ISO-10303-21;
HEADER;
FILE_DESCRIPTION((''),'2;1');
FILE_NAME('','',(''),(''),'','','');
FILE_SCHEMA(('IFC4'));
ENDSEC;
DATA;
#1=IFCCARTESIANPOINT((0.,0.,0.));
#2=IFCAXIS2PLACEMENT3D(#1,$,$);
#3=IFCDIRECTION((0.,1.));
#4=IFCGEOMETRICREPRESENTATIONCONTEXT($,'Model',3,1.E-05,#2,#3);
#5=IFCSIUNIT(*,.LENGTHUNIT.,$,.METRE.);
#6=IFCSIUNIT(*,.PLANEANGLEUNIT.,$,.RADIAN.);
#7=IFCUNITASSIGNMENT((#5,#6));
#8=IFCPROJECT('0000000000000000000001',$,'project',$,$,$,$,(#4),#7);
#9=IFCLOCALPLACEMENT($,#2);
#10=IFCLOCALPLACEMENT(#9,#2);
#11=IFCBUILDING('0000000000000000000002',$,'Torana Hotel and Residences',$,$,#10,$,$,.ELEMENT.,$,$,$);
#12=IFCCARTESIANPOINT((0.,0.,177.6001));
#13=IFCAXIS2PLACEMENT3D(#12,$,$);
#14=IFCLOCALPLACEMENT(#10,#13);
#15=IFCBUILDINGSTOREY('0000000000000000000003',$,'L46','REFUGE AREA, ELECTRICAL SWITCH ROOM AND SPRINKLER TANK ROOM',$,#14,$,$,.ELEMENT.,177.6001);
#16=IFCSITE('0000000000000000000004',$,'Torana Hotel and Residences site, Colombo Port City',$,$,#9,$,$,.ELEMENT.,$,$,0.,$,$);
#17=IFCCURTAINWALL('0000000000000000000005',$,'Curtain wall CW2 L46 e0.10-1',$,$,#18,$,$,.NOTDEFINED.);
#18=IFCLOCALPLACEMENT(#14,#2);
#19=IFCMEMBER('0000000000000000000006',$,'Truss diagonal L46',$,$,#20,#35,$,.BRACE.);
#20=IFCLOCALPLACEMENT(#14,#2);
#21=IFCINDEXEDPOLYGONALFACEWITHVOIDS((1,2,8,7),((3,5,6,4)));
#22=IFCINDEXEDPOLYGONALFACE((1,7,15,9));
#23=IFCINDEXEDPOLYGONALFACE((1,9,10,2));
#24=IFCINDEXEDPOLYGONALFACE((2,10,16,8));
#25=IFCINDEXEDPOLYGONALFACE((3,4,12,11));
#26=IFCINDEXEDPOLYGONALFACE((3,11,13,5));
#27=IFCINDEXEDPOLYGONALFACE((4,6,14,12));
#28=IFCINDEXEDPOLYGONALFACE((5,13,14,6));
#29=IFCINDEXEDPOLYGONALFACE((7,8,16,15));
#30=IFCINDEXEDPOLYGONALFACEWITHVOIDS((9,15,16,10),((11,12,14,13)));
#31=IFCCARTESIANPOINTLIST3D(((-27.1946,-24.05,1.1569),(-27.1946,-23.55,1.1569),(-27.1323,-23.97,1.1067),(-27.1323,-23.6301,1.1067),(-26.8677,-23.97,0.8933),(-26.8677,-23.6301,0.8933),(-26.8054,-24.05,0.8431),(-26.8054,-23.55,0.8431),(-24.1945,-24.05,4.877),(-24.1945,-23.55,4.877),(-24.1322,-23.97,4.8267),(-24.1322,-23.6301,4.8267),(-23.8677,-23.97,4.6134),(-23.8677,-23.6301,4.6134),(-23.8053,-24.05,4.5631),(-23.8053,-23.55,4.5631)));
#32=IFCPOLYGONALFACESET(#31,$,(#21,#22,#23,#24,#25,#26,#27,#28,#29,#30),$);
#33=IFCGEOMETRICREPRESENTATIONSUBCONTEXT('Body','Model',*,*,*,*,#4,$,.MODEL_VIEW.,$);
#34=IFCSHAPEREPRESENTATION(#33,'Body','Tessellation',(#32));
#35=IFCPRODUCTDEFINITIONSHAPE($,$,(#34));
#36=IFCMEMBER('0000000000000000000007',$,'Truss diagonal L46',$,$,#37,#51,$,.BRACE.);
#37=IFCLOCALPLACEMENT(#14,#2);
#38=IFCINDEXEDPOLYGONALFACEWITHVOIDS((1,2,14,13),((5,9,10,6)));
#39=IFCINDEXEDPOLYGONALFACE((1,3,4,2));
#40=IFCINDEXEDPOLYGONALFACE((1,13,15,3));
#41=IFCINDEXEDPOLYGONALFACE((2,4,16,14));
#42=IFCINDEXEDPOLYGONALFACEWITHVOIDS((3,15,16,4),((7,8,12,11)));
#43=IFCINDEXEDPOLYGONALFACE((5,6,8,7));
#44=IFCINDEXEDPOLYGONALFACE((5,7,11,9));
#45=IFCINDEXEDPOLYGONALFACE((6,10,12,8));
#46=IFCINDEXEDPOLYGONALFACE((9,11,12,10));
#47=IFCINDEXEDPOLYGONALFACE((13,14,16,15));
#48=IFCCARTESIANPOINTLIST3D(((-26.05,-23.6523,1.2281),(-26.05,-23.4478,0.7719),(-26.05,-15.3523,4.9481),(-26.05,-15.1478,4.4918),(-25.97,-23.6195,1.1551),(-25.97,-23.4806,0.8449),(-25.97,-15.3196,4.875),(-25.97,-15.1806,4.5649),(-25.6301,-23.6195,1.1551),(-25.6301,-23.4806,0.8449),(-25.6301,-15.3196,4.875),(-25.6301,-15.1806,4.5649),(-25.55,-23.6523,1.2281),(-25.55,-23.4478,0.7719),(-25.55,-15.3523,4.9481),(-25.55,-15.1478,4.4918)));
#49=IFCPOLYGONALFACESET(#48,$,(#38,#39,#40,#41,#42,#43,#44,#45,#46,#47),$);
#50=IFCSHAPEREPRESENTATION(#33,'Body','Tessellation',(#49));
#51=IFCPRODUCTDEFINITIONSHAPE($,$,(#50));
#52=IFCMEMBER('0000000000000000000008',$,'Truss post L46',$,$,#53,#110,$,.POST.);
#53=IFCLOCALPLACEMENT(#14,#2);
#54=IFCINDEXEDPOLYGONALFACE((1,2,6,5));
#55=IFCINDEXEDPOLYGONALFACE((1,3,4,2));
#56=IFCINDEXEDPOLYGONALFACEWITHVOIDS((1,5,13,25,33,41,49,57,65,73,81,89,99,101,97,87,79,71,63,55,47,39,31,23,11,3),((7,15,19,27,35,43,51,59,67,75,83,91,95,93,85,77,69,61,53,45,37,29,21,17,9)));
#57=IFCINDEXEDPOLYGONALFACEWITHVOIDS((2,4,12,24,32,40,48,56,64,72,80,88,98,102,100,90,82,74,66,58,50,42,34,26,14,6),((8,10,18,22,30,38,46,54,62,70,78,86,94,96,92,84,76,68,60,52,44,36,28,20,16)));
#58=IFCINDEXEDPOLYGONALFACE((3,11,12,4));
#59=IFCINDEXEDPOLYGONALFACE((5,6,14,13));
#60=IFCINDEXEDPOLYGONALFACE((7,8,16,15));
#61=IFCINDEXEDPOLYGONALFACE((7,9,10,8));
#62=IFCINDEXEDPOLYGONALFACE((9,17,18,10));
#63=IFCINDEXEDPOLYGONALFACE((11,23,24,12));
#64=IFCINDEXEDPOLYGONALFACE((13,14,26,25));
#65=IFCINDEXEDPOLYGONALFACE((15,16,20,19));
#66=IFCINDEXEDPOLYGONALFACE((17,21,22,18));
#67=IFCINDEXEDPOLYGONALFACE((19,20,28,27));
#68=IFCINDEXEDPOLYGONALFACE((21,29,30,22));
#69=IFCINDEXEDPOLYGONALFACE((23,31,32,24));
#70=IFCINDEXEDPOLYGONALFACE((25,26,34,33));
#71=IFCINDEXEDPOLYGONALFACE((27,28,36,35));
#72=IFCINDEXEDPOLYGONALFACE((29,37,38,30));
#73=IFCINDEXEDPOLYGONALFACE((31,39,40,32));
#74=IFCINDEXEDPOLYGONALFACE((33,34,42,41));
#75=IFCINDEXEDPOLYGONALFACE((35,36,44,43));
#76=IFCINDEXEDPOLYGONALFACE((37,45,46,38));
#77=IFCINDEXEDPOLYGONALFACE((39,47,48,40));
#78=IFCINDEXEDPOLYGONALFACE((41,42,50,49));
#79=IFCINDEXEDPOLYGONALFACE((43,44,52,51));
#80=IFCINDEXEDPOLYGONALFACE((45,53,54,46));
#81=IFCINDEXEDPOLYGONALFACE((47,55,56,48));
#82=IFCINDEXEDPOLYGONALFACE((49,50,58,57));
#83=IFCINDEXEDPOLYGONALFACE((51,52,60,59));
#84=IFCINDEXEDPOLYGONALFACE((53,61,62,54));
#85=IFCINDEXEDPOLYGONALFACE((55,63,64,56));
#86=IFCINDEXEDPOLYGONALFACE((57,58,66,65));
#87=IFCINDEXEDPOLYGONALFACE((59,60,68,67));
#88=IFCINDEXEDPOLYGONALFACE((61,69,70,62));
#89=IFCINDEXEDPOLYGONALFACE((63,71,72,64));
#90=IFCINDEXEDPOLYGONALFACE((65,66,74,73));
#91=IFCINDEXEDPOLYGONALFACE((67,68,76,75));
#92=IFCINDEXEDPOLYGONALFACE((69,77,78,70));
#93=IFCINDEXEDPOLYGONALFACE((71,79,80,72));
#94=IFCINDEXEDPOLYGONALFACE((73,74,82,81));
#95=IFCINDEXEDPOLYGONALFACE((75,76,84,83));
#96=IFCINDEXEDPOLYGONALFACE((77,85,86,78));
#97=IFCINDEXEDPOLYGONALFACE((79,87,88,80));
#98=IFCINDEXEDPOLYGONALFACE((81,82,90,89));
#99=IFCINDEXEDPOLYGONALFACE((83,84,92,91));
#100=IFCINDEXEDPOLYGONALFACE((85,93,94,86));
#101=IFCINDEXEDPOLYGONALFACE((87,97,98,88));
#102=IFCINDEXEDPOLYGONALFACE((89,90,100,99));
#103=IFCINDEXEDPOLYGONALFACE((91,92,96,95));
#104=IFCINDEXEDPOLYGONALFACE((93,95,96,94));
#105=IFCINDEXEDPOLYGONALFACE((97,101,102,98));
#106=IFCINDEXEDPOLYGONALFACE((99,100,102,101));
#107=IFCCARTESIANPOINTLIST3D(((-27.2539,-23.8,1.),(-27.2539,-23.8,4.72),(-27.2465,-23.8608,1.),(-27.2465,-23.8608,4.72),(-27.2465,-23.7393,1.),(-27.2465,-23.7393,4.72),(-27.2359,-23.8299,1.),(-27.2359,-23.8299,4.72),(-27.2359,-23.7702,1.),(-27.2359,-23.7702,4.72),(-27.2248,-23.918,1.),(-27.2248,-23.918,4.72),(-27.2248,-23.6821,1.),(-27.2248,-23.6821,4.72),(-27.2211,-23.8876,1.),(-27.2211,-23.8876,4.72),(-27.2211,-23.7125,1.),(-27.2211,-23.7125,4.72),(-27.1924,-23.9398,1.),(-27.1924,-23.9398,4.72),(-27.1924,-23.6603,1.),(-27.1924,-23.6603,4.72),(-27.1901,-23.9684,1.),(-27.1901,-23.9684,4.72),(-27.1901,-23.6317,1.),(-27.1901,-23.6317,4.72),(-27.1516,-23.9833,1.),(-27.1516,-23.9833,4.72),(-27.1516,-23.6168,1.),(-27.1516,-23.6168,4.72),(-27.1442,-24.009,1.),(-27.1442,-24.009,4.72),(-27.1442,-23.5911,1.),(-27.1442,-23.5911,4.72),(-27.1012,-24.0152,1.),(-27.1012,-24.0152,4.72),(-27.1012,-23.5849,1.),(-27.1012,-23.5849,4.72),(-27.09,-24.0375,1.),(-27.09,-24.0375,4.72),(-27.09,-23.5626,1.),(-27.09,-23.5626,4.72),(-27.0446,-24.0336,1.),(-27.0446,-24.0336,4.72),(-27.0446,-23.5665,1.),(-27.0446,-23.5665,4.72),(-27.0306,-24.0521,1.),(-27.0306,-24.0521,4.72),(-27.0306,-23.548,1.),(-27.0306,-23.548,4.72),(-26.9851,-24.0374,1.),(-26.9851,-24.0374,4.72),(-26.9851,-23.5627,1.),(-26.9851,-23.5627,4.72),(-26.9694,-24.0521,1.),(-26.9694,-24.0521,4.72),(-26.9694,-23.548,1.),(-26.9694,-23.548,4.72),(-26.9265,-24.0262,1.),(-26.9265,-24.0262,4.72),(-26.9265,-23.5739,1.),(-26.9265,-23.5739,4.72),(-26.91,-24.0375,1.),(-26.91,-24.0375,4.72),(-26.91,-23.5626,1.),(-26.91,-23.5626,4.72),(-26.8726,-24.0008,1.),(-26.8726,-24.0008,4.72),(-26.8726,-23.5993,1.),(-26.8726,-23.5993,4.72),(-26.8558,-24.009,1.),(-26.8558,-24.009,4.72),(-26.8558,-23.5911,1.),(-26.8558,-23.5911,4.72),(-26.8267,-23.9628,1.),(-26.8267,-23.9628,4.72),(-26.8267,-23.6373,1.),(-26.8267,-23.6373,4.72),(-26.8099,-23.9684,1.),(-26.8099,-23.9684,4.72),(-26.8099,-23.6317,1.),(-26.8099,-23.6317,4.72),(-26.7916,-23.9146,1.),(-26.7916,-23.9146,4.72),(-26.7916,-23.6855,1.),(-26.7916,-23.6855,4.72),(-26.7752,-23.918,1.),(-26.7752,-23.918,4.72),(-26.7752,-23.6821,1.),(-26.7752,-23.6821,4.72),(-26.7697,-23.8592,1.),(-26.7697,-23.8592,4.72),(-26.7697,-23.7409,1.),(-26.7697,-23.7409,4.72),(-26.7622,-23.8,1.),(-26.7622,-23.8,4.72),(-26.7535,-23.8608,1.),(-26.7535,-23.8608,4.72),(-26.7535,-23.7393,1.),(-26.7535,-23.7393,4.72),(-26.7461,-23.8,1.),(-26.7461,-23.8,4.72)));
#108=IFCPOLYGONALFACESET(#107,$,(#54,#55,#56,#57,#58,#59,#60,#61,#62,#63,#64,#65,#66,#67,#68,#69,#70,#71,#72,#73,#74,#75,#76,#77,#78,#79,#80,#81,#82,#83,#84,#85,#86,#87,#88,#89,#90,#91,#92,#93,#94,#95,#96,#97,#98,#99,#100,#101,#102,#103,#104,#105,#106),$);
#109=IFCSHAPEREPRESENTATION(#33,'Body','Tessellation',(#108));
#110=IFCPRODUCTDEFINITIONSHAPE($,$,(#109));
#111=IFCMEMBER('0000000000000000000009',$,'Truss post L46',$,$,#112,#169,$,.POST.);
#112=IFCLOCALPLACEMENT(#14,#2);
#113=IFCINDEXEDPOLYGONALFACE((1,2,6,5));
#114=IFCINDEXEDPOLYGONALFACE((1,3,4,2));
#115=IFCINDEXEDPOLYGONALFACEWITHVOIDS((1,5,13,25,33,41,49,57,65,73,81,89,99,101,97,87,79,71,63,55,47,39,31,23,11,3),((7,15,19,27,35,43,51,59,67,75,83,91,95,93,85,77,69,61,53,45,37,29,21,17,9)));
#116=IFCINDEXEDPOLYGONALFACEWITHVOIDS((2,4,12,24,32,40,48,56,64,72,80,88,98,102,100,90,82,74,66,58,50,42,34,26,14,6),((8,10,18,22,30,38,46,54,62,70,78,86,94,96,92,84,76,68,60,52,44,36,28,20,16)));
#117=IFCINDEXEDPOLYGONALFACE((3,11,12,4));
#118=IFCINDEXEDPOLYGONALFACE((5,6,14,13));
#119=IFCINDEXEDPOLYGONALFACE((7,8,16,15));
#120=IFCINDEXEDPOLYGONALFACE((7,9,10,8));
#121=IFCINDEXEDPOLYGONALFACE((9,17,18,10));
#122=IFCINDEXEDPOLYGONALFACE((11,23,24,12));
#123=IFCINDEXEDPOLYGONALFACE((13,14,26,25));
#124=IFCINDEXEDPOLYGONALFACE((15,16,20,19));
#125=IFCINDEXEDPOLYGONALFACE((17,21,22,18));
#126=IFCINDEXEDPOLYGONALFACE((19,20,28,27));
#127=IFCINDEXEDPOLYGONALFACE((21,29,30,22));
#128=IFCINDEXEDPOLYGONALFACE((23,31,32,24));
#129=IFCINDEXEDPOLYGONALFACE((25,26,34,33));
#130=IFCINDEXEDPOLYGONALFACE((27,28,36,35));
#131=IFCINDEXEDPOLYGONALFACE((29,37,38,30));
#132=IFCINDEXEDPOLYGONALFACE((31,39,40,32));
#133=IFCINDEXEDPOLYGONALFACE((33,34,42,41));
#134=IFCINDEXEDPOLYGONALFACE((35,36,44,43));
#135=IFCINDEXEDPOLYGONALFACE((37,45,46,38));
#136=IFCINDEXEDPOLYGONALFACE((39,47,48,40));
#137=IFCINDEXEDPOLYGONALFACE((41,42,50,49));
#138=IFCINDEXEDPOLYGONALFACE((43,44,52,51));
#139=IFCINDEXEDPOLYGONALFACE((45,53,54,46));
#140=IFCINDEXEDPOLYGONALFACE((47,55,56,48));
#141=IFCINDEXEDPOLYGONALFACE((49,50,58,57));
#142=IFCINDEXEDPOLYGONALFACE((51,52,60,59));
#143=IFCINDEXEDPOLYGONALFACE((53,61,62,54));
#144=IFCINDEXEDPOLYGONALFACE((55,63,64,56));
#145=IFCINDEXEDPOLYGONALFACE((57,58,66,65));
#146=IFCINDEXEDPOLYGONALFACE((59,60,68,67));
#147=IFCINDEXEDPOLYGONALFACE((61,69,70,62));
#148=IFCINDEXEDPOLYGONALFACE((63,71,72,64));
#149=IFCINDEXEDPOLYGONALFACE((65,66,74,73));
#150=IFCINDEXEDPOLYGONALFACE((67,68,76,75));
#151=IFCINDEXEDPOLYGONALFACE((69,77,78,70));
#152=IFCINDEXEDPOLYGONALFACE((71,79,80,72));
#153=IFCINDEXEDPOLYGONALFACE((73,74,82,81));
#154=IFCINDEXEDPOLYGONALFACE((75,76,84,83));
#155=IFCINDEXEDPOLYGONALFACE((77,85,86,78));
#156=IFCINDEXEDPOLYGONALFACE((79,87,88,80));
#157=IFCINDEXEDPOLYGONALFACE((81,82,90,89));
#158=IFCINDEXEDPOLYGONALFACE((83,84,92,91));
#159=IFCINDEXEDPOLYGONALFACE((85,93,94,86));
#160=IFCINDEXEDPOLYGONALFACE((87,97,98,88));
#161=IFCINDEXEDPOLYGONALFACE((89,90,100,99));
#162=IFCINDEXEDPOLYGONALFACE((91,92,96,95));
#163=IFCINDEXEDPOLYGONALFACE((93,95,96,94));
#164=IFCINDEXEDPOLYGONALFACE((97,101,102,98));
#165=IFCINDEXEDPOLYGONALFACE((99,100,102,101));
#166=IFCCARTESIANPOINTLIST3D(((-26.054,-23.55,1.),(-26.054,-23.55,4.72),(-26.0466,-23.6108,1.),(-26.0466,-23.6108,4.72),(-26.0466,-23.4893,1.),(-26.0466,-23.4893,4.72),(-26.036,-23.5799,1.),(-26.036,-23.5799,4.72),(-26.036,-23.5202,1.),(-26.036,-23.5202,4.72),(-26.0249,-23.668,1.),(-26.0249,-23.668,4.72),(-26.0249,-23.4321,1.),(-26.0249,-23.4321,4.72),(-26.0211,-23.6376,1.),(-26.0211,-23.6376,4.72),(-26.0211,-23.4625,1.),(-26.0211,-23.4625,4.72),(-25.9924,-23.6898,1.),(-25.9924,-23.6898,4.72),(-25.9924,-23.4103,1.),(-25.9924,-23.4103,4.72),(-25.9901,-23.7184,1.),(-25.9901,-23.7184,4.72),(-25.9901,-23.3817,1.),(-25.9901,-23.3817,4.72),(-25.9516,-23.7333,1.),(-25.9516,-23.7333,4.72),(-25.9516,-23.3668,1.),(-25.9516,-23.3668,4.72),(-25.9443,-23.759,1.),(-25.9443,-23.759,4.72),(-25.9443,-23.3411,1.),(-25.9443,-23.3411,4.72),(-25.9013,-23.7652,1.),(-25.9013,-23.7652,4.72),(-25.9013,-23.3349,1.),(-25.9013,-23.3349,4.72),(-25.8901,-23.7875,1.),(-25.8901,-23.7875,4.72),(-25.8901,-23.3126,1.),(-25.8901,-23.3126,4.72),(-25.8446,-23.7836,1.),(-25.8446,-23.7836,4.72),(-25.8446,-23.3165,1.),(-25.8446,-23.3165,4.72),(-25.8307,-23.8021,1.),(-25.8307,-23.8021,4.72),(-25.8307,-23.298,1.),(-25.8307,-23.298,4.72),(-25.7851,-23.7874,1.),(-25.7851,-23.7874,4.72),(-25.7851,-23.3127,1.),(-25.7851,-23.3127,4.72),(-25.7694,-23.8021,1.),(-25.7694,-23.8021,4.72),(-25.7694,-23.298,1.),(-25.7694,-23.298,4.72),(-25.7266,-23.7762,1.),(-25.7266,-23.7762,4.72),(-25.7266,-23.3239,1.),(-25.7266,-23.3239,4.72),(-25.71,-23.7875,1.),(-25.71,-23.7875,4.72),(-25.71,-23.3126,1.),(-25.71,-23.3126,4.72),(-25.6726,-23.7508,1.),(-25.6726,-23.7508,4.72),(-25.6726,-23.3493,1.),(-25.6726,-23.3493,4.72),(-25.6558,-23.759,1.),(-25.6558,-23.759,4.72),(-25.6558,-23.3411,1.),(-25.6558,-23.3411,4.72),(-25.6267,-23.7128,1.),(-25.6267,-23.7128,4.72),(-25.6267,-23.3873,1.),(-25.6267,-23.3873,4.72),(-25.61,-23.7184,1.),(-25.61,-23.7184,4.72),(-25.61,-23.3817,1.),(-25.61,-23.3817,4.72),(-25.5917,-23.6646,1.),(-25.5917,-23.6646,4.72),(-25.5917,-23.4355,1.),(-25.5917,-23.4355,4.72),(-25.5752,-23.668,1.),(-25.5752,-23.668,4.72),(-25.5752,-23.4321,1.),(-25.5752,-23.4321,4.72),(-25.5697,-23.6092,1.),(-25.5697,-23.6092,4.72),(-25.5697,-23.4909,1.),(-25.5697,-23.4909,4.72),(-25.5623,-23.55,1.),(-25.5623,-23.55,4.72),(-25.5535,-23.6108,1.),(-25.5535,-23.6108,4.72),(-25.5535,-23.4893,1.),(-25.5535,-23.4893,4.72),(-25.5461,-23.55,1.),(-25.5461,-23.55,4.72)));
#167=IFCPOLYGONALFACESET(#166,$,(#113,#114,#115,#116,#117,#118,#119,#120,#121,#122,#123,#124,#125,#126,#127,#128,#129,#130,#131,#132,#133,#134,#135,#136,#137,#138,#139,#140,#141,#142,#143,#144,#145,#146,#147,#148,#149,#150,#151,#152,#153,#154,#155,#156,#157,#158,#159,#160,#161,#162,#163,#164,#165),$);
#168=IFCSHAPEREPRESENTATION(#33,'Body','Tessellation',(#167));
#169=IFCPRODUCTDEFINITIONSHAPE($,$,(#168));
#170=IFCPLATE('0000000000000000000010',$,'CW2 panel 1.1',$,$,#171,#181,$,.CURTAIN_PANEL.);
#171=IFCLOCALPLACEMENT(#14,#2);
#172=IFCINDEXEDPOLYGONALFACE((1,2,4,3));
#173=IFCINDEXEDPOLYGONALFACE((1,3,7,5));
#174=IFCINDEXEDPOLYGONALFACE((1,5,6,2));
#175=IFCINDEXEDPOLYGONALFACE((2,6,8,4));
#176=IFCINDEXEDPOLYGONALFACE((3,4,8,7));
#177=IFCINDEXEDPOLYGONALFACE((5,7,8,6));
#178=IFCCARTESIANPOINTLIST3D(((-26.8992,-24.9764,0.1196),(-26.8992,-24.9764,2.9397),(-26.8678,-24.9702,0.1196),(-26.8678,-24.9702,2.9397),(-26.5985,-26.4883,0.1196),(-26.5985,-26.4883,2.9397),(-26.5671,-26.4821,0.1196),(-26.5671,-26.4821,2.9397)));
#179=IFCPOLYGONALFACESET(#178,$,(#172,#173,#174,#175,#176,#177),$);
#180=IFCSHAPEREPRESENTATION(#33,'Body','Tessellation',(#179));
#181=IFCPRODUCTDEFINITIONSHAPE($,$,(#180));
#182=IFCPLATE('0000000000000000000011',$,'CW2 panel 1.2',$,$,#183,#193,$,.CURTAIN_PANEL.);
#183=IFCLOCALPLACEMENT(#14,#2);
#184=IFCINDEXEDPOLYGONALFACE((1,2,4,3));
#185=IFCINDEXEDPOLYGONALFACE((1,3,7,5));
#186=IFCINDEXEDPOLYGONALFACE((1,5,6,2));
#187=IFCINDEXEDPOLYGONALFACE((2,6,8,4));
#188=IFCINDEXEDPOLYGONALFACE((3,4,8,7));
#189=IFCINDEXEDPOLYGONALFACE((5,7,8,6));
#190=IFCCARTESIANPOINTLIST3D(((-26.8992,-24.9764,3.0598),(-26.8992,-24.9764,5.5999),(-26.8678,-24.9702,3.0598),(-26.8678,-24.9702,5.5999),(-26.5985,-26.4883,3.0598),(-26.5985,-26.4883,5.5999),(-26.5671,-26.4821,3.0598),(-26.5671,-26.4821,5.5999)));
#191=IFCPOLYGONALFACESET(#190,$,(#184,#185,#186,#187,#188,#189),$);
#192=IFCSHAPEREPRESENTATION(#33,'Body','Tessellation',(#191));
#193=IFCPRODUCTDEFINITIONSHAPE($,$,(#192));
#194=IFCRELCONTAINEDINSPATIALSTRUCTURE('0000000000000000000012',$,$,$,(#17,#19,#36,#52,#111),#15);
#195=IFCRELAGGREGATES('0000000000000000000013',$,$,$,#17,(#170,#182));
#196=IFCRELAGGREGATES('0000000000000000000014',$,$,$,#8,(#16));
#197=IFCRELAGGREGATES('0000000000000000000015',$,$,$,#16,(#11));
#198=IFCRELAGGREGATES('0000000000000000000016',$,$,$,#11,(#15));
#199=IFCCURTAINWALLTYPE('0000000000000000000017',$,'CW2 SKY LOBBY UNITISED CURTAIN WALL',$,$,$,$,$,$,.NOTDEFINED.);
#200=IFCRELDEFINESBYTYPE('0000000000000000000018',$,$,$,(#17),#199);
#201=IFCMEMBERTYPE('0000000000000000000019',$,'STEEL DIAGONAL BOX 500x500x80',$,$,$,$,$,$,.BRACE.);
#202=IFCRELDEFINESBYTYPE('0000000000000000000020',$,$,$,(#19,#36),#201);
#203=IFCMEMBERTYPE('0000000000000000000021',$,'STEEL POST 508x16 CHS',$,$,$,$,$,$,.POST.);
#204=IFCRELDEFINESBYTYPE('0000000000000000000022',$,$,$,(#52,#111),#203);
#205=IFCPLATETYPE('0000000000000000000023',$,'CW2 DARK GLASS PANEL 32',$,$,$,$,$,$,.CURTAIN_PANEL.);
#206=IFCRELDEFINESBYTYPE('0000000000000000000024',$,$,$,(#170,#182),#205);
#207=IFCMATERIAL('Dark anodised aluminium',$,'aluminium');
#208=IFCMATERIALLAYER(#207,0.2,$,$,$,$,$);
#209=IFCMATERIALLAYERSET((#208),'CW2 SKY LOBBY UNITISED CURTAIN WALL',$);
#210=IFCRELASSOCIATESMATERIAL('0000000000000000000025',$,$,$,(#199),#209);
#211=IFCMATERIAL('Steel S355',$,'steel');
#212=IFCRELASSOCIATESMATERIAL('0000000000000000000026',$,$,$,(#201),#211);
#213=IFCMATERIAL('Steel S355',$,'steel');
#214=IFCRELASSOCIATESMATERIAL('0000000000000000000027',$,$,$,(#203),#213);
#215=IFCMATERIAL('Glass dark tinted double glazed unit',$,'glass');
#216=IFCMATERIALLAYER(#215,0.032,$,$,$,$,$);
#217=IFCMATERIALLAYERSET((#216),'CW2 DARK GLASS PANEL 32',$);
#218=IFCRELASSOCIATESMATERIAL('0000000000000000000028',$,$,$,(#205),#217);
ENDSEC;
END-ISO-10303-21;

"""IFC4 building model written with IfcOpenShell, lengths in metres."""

from ifc_helpers import new_model, si_unit, direction, frame, origin, origin_2d, place, context, subcontext, project, spatial, rectangle, hollow_rectangle, hollow_circle, extrude, material, layer, layer_set, material_profile, profile_set, type_object, element, aggregate, save


model = new_model("IFC4")

# Units and contexts
model_context = context("Model", 3, precision=1e-05, world=origin(), true_north=direction((0.0, 1.0)))
body_context = subcontext(model_context, "Body", "Model", "MODEL_VIEW")
ifc_project = project(units=[si_unit("LENGTHUNIT", "METRE"), si_unit("PLANEANGLEUNIT", "RADIAN")], contexts=[model_context])

# Site, building, storey
site_placement = place(None, origin())
site = spatial("IfcSite", under=ifc_project, at=site_placement, Name="Torana Hotel and Residences site, Colombo Port City", CompositionType="ELEMENT", RefElevation=0.0)
building_placement = place(site_placement, origin())
building = spatial("IfcBuilding", under=site, at=building_placement, Name="Torana Hotel and Residences", CompositionType="ELEMENT")
storey_placement = place(building_placement, frame((0.0, 0.0, 177.6001)))
storey = spatial("IfcBuildingStorey", under=building, at=storey_placement, Name="L46", Description="REFUGE AREA, ELECTRICAL SWITCH ROOM AND SPRINKLER TANK ROOM", CompositionType="ELEMENT", Elevation=177.6001)

# Shared definitions
ifc_material_1 = material(Name="Dark anodised aluminium", Category="aluminium")
ifc_layer_1 = layer(ifc_material_1, 0.2)
ifc_layer_set_1 = layer_set([ifc_layer_1], Name="CW2 SKY LOBBY UNITISED CURTAIN WALL")
curtain_wall_type = type_object("IfcCurtainWallType", Name="CW2 SKY LOBBY UNITISED CURTAIN WALL", PredefinedType="NOTDEFINED", material=ifc_layer_set_1)

# Curtain wall
curtain_wall_1_placement = place(storey_placement, origin())
curtain_wall_1 = element("IfcCurtainWall", 1, at=curtain_wall_1_placement, inside=storey, type_object=curtain_wall_type, Name="Curtain wall CW2 L46 e0.10-1", PredefinedType="NOTDEFINED")

# Members
ifc_material_2 = material(Name="Steel S355", Category="steel")
ifc_material_profile_1 = material_profile(ifc_material_2, hollow_rectangle(XDim=0.5, YDim=0.5, WallThickness=0.0801, at=origin_2d()), Name="BOX 500x500x80")
ifc_profile_set_1 = profile_set([ifc_material_profile_1], Name="Steel S355")
member_type_1 = type_object("IfcMemberType", Name="STEEL DIAGONAL BOX 500x500x80", PredefinedType="BRACE", material=ifc_profile_set_1)
member_1_placement = place(storey_placement, frame((-27.0, -23.8, 1.0), z_axis=(0.627755, 0.0, 0.778411), x_axis=(0.0, 1.0, 0.0)))
element("IfcMember", 2, at=member_1_placement, inside=storey, type_object=member_type_1, Name="Truss diagonal L46", PredefinedType="BRACE", context=body_context, shape_type="SweptSolid", body=[
    extrude(hollow_rectangle(XDim=0.5, YDim=0.5, WallThickness=0.0801, at=origin_2d()), origin(), (0.0, 0.0, 1.0), 4.7791),
])
member_2_placement = place(storey_placement, frame((-25.8, -23.55, 1.0), z_axis=(0.0, 0.91254, 0.408988), x_axis=(-1.0, 0.0, 0.0)))
element("IfcMember", 3, at=member_2_placement, inside=storey, type_object=member_type_1, Name="Truss diagonal L46", PredefinedType="BRACE", context=body_context, shape_type="SweptSolid", body=[
    extrude(hollow_rectangle(XDim=0.5, YDim=0.5, WallThickness=0.0801, at=origin_2d()), origin(), (0.0, 0.0, 1.0), 9.0955),
])
ifc_material_3 = material(Name="Steel S355", Category="steel")
ifc_material_profile_2 = material_profile(ifc_material_3, hollow_circle(Radius=0.2539, WallThickness=0.0161, at=origin_2d()), Name="508x16 CHS")
ifc_profile_set_2 = profile_set([ifc_material_profile_2], Name="Steel S355")
member_type_2 = type_object("IfcMemberType", Name="STEEL POST 508x16 CHS", PredefinedType="POST", material=ifc_profile_set_2)
for number, where, z_axis, x_axis, name in (
    (4, (-27.0, -23.8, 1.0), (0.0, 0.0, 1.0), (1.0, 0.0, 0.0), "Truss post L46"),
    (5, (-25.8, -23.55, 1.0), (0.0, 0.0, 1.0), (1.0, 0.0, 0.0), "Truss post L46"),
):
    element("IfcMember", number, at=place(storey_placement, frame(where, z_axis=z_axis, x_axis=x_axis)), inside=storey, type_object=member_type_2, Name=name, PredefinedType="POST", context=body_context, shape_type="SweptSolid", body=[
        extrude(hollow_circle(Radius=0.2539, WallThickness=0.0161, at=origin_2d()), origin(), (0.0, 0.0, 1.0), 3.72),
    ])

# Plates
ifc_material_4 = material(Name="Glass dark tinted double glazed unit", Category="glass")
ifc_layer_2 = layer(ifc_material_4, 0.032)
ifc_layer_set_2 = layer_set([ifc_layer_2], Name="CW2 DARK GLASS PANEL 32")
plate_type_1 = type_object("IfcPlateType", Name="CW2 DARK GLASS PANEL 32", PredefinedType="CURTAIN_PANEL", material=ifc_layer_set_2)
plate_1_placement = place(storey_placement, frame((-26.7332, -25.7292, 0.1196), z_axis=(0.0, 0.0, 1.0), x_axis=(0.195064, -0.980791, 0.0)))
plate_1 = element("IfcPlate", 6, at=plate_1_placement, type_object=plate_type_1, Name="CW2 panel 1.1", PredefinedType="CURTAIN_PANEL", context=body_context, shape_type="SweptSolid", body=[
    extrude(rectangle(XDim=1.5415, YDim=0.032, at=origin_2d()), origin(), (0.0, 0.0, 1.0), 2.8201),
])
plate_2_placement = place(storey_placement, frame((-26.7332, -25.7292, 3.0598), z_axis=(0.0, 0.0, 1.0), x_axis=(0.195064, -0.980791, 0.0)))
plate_2 = element("IfcPlate", 7, at=plate_2_placement, type_object=plate_type_1, Name="CW2 panel 1.2", PredefinedType="CURTAIN_PANEL", context=body_context, shape_type="SweptSolid", body=[
    extrude(rectangle(XDim=1.5415, YDim=0.032, at=origin_2d()), origin(), (0.0, 0.0, 1.0), 2.54),
])
aggregate(curtain_wall_1, [plate_1, plate_2])

save(model, "model.ifc")
